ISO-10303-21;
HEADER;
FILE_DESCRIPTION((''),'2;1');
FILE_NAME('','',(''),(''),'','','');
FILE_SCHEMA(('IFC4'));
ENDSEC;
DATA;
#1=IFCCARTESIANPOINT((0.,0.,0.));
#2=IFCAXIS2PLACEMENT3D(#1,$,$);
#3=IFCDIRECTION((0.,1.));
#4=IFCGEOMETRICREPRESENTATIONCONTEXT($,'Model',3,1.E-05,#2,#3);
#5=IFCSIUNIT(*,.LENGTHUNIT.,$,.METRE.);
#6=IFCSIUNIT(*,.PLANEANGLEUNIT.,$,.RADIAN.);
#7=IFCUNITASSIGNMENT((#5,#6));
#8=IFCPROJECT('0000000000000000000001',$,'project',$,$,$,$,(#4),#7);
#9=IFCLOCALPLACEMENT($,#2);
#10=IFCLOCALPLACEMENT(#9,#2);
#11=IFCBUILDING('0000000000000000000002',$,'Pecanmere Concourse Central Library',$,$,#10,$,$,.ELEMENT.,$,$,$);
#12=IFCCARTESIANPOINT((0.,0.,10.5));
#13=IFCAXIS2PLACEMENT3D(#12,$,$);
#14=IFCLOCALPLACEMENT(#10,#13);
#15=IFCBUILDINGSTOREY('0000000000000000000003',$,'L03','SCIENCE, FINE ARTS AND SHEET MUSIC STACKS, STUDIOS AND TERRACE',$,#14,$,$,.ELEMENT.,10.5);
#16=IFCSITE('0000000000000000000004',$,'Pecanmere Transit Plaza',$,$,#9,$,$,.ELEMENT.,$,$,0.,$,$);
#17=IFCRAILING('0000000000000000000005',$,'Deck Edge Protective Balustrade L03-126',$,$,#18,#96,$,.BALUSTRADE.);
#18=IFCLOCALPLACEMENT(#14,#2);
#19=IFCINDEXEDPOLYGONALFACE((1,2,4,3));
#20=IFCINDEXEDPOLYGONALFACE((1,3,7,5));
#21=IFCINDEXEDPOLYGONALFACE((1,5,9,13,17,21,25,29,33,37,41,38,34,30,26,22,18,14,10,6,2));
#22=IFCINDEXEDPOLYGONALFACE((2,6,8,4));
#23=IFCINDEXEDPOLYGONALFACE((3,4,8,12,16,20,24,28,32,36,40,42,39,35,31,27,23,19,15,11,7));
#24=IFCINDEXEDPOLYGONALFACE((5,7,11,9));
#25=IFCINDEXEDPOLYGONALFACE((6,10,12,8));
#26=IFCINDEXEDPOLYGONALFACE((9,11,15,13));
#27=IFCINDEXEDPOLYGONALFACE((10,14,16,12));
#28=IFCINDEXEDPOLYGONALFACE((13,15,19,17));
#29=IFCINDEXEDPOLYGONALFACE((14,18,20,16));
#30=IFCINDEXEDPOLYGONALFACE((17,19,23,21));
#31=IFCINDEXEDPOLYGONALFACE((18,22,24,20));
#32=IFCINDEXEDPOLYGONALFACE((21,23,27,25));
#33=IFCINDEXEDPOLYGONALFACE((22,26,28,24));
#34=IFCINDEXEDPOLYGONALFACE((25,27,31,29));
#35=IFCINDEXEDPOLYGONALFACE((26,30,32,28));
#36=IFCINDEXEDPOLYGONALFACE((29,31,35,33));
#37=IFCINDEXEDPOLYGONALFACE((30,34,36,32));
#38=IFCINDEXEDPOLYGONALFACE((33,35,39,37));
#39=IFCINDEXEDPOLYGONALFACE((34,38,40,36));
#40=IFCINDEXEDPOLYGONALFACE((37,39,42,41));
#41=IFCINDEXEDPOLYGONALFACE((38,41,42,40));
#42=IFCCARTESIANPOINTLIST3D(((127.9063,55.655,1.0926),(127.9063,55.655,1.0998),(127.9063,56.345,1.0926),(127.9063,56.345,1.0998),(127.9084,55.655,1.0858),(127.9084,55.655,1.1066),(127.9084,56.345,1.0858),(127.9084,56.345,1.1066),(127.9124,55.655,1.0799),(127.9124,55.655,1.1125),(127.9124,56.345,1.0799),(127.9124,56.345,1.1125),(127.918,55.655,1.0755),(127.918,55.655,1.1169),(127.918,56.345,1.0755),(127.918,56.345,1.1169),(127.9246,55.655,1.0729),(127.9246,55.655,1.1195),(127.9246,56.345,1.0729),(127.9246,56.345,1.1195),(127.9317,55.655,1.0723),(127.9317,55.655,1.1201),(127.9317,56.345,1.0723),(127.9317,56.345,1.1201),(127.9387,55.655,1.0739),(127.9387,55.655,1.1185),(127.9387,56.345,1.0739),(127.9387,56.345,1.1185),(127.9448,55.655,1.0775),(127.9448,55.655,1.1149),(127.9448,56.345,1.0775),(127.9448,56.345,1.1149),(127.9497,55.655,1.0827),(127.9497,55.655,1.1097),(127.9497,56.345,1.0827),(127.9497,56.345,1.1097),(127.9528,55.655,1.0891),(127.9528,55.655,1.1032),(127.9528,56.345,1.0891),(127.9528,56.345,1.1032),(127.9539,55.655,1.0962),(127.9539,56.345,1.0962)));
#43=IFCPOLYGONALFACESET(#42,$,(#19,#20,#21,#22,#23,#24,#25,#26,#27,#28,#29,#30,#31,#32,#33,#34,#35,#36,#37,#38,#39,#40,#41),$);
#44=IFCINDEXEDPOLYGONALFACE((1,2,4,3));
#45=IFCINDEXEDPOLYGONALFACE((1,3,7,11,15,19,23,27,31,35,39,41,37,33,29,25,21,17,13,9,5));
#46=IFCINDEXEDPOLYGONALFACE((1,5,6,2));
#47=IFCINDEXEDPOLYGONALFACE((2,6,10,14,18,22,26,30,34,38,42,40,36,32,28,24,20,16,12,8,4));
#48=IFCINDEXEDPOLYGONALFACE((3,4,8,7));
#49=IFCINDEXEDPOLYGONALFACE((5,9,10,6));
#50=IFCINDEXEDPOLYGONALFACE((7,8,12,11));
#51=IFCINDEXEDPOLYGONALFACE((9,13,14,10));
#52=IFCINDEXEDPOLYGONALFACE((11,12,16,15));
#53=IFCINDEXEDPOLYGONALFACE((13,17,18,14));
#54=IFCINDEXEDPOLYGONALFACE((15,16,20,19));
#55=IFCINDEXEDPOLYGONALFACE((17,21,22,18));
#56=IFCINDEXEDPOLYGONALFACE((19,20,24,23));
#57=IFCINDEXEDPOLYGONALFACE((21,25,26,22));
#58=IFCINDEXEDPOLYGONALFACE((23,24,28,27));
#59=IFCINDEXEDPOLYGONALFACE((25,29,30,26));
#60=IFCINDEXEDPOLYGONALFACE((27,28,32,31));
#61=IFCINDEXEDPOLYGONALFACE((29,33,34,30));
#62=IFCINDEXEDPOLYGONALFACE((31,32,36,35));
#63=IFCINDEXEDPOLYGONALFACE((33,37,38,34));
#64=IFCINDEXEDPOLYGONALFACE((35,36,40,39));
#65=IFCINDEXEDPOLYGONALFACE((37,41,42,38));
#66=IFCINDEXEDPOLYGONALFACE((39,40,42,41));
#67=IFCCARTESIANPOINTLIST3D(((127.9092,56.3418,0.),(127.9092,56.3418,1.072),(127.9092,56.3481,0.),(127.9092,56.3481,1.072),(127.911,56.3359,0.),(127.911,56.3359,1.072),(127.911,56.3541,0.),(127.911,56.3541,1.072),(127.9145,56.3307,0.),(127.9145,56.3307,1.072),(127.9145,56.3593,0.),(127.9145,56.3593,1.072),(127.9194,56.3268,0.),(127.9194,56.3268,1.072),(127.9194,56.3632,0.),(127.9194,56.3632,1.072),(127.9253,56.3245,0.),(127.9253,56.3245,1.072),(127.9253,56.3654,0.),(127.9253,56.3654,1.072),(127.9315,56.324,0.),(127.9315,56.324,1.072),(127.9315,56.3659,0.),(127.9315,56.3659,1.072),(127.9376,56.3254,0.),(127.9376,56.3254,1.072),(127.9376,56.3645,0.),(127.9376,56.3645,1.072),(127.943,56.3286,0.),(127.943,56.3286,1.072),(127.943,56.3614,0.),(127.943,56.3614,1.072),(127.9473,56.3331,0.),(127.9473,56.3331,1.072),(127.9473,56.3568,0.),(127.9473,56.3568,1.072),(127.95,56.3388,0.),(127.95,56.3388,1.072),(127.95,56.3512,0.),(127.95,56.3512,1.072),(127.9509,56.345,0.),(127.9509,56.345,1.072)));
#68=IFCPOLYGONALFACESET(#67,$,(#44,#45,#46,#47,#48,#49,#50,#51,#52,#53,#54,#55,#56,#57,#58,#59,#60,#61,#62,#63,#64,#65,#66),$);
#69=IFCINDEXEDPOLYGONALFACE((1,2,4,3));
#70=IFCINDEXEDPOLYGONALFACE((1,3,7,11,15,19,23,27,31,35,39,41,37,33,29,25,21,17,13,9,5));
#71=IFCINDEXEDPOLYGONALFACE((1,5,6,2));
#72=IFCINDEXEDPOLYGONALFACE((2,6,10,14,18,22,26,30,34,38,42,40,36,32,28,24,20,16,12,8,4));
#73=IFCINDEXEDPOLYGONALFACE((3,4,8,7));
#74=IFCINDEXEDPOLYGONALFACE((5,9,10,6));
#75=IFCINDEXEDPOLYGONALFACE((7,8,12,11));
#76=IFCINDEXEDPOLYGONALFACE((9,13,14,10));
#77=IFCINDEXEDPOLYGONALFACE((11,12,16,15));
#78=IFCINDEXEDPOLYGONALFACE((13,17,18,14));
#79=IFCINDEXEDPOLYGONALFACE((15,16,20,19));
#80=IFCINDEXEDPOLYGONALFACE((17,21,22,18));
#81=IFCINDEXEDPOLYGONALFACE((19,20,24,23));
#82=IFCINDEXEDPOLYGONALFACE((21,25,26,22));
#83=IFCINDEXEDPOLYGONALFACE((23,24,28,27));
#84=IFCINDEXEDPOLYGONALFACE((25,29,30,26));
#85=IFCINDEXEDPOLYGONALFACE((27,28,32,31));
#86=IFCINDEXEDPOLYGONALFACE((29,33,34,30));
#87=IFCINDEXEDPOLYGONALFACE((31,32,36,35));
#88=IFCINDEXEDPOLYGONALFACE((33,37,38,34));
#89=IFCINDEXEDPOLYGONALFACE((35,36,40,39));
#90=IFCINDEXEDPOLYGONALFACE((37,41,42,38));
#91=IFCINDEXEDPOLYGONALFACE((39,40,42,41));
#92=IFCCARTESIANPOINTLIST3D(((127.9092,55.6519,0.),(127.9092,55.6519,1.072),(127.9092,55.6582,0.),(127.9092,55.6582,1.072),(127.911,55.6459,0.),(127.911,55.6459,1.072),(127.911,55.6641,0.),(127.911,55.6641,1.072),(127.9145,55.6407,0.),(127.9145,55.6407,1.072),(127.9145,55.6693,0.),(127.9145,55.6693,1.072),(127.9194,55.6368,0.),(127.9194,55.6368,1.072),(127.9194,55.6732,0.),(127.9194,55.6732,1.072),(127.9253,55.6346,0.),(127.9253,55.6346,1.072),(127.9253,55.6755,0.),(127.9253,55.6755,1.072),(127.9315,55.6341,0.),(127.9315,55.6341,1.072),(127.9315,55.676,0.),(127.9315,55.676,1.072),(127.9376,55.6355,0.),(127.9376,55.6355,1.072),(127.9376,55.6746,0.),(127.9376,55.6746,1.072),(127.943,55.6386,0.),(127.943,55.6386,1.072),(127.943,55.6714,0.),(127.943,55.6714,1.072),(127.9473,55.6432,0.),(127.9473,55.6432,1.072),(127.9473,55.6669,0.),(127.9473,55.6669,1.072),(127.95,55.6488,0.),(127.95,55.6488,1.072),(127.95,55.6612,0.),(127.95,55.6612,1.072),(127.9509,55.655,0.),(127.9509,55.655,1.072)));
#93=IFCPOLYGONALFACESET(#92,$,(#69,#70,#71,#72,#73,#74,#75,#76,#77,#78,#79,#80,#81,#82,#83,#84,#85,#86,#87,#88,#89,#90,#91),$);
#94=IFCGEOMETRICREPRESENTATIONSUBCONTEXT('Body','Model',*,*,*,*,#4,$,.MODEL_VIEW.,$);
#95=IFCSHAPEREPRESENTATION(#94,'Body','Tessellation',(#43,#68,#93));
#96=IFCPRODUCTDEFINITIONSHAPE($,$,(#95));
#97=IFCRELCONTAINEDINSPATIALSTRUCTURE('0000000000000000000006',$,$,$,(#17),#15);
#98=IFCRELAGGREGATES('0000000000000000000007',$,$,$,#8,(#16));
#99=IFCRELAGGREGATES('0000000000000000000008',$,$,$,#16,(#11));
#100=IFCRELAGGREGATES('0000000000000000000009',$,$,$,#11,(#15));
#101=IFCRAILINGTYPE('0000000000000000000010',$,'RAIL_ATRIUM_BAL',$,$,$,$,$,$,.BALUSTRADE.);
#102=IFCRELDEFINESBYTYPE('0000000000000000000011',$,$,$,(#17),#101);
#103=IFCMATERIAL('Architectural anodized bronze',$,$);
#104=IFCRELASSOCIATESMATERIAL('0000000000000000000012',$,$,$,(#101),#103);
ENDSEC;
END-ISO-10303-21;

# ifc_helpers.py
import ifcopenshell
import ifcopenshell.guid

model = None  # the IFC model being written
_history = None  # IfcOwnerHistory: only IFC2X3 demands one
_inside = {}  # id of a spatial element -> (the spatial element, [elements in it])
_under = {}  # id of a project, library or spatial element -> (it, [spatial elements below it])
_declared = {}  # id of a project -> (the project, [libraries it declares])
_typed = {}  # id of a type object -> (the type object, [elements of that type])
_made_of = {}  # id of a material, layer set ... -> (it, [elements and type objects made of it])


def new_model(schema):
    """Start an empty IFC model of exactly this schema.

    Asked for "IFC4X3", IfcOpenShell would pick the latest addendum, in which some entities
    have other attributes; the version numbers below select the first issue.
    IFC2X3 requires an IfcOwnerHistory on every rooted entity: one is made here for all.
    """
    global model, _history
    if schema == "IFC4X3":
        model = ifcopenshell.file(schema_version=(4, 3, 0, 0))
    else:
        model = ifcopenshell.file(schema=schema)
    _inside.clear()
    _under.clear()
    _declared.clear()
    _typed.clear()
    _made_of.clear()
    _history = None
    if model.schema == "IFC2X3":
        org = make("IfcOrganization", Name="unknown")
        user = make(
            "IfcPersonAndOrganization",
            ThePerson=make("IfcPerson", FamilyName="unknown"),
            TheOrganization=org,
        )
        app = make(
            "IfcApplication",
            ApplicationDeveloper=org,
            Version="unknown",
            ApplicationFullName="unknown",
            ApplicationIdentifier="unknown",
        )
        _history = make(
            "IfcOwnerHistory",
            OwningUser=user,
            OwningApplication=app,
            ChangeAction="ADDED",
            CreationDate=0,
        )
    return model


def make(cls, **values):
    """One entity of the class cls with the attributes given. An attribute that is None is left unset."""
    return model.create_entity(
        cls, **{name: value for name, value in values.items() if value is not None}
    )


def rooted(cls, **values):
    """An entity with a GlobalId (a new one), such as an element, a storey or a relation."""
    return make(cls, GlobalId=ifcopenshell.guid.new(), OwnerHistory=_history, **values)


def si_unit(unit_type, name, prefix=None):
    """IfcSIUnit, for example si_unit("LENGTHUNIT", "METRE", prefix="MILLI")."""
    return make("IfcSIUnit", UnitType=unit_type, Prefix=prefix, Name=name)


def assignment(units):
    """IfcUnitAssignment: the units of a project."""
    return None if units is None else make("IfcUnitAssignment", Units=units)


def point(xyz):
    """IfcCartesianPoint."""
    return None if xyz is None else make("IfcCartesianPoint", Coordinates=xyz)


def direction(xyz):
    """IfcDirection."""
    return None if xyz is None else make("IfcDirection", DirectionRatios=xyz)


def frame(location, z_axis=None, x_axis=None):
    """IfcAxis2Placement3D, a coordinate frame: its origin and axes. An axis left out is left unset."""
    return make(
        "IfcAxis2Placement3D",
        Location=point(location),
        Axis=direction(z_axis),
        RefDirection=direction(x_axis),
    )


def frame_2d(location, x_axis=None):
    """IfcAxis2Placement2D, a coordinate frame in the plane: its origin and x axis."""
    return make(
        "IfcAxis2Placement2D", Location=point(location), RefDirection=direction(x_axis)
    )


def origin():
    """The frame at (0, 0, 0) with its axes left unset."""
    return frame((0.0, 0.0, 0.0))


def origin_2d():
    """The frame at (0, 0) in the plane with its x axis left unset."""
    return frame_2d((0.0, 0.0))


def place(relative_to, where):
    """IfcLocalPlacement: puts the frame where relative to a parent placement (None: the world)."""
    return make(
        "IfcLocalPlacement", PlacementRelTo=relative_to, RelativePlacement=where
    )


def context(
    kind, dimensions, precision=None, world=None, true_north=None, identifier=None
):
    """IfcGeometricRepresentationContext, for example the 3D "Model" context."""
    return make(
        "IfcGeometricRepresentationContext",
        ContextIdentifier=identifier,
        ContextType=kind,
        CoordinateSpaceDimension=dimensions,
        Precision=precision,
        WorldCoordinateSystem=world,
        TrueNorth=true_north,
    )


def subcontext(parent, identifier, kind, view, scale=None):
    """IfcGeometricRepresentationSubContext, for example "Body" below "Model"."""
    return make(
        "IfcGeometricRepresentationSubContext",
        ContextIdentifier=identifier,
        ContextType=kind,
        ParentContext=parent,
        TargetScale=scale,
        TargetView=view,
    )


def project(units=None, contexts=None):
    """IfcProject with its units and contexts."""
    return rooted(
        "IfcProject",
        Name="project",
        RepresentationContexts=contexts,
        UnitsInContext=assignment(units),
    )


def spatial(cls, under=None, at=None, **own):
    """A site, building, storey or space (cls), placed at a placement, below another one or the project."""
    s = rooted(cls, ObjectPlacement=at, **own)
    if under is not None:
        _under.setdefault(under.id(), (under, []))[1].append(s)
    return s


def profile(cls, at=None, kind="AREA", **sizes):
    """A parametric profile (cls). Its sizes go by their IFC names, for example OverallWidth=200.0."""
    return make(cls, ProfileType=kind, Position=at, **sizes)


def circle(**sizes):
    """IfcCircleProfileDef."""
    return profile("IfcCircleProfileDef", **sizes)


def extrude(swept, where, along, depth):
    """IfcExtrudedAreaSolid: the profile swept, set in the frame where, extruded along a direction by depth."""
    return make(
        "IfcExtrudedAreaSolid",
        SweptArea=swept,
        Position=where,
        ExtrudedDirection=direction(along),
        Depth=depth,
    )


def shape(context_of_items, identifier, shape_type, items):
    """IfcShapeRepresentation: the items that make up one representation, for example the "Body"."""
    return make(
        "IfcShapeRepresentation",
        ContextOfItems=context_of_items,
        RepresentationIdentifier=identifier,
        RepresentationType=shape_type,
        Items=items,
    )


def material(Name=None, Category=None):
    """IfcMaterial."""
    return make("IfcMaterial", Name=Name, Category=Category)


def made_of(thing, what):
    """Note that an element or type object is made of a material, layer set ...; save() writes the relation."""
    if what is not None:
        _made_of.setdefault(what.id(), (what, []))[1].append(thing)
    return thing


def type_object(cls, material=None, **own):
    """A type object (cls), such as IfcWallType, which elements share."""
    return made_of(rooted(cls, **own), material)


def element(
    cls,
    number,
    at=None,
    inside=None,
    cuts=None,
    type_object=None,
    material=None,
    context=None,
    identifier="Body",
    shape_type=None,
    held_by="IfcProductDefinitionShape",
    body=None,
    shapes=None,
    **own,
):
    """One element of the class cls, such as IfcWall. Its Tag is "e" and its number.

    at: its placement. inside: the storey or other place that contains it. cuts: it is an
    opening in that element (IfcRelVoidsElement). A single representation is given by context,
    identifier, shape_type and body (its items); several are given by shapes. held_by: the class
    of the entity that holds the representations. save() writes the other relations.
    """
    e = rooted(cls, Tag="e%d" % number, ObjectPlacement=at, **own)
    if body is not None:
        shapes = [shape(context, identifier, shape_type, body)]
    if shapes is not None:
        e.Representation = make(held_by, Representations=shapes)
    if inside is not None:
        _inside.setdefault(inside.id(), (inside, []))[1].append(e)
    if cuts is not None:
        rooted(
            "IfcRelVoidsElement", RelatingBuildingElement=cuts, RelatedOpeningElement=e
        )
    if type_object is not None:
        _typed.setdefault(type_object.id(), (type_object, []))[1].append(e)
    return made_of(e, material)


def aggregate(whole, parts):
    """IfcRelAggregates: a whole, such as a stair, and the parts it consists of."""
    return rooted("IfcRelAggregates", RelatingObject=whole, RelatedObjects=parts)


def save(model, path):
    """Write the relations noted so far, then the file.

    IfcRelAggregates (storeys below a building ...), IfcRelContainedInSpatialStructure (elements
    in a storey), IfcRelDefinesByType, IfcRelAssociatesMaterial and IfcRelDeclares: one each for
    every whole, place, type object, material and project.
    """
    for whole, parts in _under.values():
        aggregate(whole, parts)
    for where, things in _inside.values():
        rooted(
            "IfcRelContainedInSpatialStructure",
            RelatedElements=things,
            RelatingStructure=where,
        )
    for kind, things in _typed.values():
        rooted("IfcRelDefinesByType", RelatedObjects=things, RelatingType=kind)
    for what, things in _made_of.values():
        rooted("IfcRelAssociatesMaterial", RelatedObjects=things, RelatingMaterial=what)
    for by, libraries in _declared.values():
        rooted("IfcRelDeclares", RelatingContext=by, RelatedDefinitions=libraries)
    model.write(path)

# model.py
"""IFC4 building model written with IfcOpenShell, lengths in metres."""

from ifc_helpers import new_model, si_unit, direction, frame, origin, origin_2d, place, context, subcontext, project, spatial, circle, extrude, material, type_object, element, save


model = new_model("IFC4")

# Units and contexts
model_context = context("Model", 3, precision=1e-05, world=origin(), true_north=direction((0.0, 1.0)))
body_context = subcontext(model_context, "Body", "Model", "MODEL_VIEW")
ifc_project = project(units=[si_unit("LENGTHUNIT", "METRE"), si_unit("PLANEANGLEUNIT", "RADIAN")], contexts=[model_context])

# Site, building, storey
site_placement = place(None, origin())
site = spatial("IfcSite", under=ifc_project, at=site_placement, Name="Pecanmere Transit Plaza", CompositionType="ELEMENT", RefElevation=0.0)
building_placement = place(site_placement, origin())
building = spatial("IfcBuilding", under=site, at=building_placement, Name="Pecanmere Concourse Central Library", CompositionType="ELEMENT")
storey_placement = place(building_placement, frame((0.0, 0.0, 10.5)))
storey = spatial("IfcBuildingStorey", under=building, at=storey_placement, Name="L03", Description="SCIENCE, FINE ARTS AND SHEET MUSIC STACKS, STUDIOS AND TERRACE", CompositionType="ELEMENT", Elevation=10.5)

# Railing
ifc_material_1 = material(Name="Architectural anodized bronze")
railing_type_1 = type_object("IfcRailingType", Name="RAIL_ATRIUM_BAL", PredefinedType="BALUSTRADE", material=ifc_material_1)
for number, where, name in (
    (1, (127.9299, 56.345, 0.0), "Deck Edge Protective Balustrade L03-126"),
):
    element("IfcRailing", number, at=place(storey_placement, frame(where)), inside=storey, type_object=railing_type_1, Name=name, PredefinedType="BALUSTRADE", context=body_context, shape_type="SweptSolid", body=[
        extrude(circle(Radius=0.0239, at=origin_2d()), frame((0.0, 0.0, 1.0962), z_axis=(0.0, -1.0, 0.0), x_axis=(1.0, 0.0, 0.0)), (0.0, 0.0, 1.0), 0.6899),
        extrude(circle(Radius=0.021, at=origin_2d()), origin(), (0.0, 0.0, 1.0), 1.072),
        extrude(circle(Radius=0.021, at=origin_2d()), frame((0.0, -0.6899, 0.0)), (0.0, 0.0, 1.0), 1.072),
    ])

save(model, "model.ifc")
